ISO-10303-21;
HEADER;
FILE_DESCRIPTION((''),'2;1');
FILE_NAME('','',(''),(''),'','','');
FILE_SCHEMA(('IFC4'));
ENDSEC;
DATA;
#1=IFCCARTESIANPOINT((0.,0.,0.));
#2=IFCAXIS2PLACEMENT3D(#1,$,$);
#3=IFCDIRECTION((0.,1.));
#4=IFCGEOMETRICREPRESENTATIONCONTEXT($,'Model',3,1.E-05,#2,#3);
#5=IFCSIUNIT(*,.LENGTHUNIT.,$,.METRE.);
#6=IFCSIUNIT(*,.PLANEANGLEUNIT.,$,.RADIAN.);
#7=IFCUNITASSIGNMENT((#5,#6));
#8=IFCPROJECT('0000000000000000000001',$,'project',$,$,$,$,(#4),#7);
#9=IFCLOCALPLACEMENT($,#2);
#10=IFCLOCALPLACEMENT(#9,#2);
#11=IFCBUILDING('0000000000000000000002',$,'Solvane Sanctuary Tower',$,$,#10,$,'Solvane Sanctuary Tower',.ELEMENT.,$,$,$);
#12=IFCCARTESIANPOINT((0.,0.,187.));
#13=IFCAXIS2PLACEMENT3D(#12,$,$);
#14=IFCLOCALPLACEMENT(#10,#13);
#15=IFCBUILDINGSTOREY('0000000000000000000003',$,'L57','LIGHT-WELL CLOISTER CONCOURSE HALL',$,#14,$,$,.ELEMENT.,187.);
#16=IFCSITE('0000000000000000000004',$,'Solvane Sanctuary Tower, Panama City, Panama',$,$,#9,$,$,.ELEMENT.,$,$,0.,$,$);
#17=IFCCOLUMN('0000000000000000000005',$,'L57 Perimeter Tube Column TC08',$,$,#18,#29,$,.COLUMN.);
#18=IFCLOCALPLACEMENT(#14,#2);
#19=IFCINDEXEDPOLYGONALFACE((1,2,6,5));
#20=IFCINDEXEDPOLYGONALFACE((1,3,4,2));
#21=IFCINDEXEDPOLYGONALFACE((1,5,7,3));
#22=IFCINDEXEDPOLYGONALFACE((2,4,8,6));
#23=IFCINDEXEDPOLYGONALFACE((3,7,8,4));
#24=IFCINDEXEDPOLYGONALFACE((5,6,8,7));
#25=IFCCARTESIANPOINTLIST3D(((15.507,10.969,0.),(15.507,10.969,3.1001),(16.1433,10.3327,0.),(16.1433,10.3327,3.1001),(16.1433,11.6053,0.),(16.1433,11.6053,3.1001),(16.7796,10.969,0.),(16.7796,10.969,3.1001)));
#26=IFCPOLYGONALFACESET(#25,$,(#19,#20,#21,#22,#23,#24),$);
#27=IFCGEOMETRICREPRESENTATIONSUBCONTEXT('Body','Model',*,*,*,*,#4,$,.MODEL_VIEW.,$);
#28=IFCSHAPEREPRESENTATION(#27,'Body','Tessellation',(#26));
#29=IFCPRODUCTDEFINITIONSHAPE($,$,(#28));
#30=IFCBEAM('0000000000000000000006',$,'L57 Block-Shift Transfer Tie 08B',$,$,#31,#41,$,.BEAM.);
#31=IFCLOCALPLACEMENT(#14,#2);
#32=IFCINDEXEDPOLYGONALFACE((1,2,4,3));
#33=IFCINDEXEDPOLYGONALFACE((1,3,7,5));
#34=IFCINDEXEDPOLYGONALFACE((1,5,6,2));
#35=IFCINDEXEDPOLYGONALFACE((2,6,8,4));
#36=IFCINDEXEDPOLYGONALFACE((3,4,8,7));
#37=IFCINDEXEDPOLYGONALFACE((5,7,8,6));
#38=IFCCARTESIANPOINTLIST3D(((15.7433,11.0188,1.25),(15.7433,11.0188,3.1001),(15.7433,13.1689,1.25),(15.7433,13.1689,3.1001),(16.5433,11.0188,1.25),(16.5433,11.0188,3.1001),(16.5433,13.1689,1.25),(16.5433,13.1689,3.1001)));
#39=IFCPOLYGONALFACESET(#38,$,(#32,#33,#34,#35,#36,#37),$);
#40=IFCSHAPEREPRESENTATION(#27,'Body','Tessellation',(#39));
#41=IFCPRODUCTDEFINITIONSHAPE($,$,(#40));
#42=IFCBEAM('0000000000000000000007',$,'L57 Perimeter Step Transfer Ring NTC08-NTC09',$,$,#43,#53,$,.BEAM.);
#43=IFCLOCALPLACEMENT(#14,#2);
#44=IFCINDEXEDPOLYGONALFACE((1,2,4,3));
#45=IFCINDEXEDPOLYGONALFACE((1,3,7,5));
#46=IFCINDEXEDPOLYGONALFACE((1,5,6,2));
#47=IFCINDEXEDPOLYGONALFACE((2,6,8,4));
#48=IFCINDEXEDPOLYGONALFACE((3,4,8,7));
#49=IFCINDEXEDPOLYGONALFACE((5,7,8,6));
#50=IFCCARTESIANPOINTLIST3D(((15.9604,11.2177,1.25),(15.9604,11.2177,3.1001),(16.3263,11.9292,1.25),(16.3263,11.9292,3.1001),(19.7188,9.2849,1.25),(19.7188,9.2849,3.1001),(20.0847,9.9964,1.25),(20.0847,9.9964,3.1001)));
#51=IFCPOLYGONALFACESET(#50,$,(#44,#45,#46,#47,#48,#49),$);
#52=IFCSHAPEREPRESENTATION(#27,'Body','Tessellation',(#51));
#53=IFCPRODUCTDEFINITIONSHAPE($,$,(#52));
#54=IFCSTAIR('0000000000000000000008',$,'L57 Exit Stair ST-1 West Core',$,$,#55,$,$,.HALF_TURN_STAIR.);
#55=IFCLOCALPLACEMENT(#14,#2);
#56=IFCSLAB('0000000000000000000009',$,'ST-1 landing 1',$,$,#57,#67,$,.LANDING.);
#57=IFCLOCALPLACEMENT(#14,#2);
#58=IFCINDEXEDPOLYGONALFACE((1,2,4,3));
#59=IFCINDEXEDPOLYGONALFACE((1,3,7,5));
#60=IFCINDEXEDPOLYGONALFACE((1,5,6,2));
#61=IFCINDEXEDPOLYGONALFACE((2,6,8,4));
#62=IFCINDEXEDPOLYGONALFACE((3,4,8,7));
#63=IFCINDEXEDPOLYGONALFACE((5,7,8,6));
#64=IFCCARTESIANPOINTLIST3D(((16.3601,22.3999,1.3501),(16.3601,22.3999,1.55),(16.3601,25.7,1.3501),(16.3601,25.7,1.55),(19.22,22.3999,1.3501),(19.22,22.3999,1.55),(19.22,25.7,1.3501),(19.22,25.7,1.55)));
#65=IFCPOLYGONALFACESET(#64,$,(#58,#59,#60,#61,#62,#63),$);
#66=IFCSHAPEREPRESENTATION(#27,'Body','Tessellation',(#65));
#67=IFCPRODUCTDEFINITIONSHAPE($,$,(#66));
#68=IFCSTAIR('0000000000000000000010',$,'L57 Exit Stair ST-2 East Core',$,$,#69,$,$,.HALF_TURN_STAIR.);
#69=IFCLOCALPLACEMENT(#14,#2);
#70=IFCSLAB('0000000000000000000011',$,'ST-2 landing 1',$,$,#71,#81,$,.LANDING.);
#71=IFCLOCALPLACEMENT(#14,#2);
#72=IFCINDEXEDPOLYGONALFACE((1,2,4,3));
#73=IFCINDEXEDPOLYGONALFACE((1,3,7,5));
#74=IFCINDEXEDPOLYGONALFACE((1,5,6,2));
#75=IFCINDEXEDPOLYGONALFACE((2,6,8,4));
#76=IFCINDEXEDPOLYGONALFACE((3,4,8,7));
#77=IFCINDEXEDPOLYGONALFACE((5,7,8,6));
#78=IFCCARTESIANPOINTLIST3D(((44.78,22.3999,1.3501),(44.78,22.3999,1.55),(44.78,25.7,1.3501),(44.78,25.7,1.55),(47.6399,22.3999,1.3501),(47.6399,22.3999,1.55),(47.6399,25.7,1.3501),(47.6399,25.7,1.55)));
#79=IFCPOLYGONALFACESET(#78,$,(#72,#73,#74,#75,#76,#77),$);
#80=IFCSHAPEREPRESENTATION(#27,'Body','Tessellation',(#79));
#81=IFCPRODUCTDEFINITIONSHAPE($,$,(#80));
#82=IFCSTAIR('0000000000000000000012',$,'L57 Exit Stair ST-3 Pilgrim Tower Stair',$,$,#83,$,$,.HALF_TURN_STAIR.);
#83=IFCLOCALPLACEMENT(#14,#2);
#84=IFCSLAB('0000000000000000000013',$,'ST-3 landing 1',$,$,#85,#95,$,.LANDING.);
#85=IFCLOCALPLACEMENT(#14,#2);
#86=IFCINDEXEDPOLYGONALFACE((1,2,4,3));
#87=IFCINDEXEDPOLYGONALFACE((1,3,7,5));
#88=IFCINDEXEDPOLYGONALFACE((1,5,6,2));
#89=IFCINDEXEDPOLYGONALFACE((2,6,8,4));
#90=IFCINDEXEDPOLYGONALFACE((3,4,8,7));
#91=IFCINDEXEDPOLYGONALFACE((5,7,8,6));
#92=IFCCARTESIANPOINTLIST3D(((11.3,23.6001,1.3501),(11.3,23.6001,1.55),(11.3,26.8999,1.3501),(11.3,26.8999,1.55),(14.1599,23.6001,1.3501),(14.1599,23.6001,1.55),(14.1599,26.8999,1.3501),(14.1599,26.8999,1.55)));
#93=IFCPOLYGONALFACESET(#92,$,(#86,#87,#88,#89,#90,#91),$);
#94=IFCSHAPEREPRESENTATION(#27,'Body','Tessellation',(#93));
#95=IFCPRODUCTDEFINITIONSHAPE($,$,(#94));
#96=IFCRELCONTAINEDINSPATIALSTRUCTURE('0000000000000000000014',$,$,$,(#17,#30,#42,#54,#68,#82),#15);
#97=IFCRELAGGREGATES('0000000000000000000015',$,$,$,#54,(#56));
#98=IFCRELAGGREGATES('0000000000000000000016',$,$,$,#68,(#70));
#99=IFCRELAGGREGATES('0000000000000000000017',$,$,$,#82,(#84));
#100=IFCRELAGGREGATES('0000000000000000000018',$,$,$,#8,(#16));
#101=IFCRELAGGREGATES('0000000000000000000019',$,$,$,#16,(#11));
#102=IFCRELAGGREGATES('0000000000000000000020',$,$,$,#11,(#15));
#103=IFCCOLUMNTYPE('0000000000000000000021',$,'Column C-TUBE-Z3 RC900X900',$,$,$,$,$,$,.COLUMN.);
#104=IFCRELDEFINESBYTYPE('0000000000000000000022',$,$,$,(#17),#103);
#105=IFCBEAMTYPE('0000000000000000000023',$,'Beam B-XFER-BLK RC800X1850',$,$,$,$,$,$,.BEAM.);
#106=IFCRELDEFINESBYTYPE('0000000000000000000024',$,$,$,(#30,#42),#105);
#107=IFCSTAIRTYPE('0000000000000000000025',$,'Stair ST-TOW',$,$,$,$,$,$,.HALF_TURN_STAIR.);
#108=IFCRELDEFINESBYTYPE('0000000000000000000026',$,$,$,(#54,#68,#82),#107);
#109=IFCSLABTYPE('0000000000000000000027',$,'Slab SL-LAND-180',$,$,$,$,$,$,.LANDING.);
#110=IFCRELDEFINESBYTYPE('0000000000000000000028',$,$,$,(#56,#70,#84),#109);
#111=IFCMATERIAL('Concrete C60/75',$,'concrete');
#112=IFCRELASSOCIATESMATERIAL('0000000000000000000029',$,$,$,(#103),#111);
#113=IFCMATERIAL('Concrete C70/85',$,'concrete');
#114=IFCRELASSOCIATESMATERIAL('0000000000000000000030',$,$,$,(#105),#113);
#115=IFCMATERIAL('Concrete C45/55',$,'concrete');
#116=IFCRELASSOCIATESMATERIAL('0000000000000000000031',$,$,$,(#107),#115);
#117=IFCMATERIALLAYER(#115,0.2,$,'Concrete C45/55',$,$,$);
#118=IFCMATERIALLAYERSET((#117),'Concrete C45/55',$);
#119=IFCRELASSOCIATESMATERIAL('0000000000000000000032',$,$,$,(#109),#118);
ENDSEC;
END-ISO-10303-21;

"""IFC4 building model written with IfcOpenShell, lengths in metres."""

from ifc_helpers import new_model, si_unit, direction, frame, origin, origin_2d, place, context, subcontext, project, spatial, polyline, rectangle, outline, extrude, material, layer, layer_set, material_profile, profile_set, type_object, element, aggregate, save


model = new_model("IFC4")

# Units and contexts
model_context = context("Model", 3, precision=1e-05, world=origin(), true_north=direction((0.0, 1.0)))
body_context = subcontext(model_context, "Body", "Model", "MODEL_VIEW")
ifc_project = project(units=[si_unit("LENGTHUNIT", "METRE"), si_unit("PLANEANGLEUNIT", "RADIAN")], contexts=[model_context])

# Site, building, storey
site_placement = place(None, origin())
site = spatial("IfcSite", under=ifc_project, at=site_placement, Name="Solvane Sanctuary Tower, Panama City, Panama", CompositionType="ELEMENT", RefElevation=0.0)
building_placement = place(site_placement, origin())
building = spatial("IfcBuilding", under=site, at=building_placement, Name="Solvane Sanctuary Tower", LongName="Solvane Sanctuary Tower", CompositionType="ELEMENT")
storey_placement = place(building_placement, frame((0.0, 0.0, 187.0)))
storey = spatial("IfcBuildingStorey", under=building, at=storey_placement, Name="L57", Description="LIGHT-WELL CLOISTER CONCOURSE HALL", CompositionType="ELEMENT", Elevation=187.0)

# Column
ifc_material_1 = material(Name="Concrete C60/75", Category="concrete")
ifc_material_profile_1 = material_profile(ifc_material_1, rectangle(XDim=0.8999, YDim=0.8999, at=origin_2d()), Name="RC900X900")
ifc_profile_set_1 = profile_set([ifc_material_profile_1], Name="Concrete C60/75")
column_type = type_object("IfcColumnType", Name="Column C-TUBE-Z3 RC900X900", PredefinedType="COLUMN", material=ifc_profile_set_1)
column_placement = place(storey_placement, frame((16.1433, 10.969, 0.0), z_axis=(0.0, 0.0, 1.0), x_axis=(-0.707107, -0.707107, 0.0)))
element("IfcColumn", 1, at=column_placement, inside=storey, type_object=column_type, Name="L57 Perimeter Tube Column TC08", PredefinedType="COLUMN", context=body_context, shape_type="SweptSolid", body=[
    extrude(rectangle(XDim=0.8999, YDim=0.8999, at=origin_2d()), origin(), (0.0, 0.0, 1.0), 3.1001),
])

# Beams
ifc_material_2 = material(Name="Concrete C70/85", Category="concrete")
ifc_material_profile_2 = material_profile(ifc_material_2, rectangle(XDim=0.8, YDim=1.8501, at=origin_2d()), Name="RC800X1850")
ifc_profile_set_2 = profile_set([ifc_material_profile_2], Name="Concrete C70/85")
beam_type = type_object("IfcBeamType", Name="Beam B-XFER-BLK RC800X1850", PredefinedType="BEAM", material=ifc_profile_set_2)
beam_1_placement = place(storey_placement, frame((16.1433, 11.0188, 2.175), z_axis=(0.0, 1.0, 0.0), x_axis=(-1.0, 0.0, 0.0)))
element("IfcBeam", 2, at=beam_1_placement, inside=storey, type_object=beam_type, Name="L57 Block-Shift Transfer Tie 08B", PredefinedType="BEAM", context=body_context, shape_type="SweptSolid", body=[
    extrude(rectangle(XDim=0.8, YDim=1.8501, at=origin_2d()), origin(), (0.0, 0.0, 1.0), 2.1501),
])
beam_2_placement = place(storey_placement, frame((16.1433, 11.5735, 2.175), z_axis=(0.889298, -0.457328, 0.0), x_axis=(0.457328, 0.889298, 0.0)))
element("IfcBeam", 3, at=beam_2_placement, inside=storey, type_object=beam_type, Name="L57 Perimeter Step Transfer Ring NTC08-NTC09", PredefinedType="BEAM", context=body_context, shape_type="SweptSolid", body=[
    extrude(rectangle(XDim=0.8, YDim=1.8501, at=origin_2d()), origin(), (0.0, 0.0, 1.0), 4.2263),
])

# Stairs, slabs
ifc_material_3 = material(Name="Concrete C45/55", Category="concrete")
stair_type = type_object("IfcStairType", Name="Stair ST-TOW", PredefinedType="HALF_TURN_STAIR", material=ifc_material_3)
stair_1_placement = place(storey_placement, origin())
stair_1 = element("IfcStair", 4, at=stair_1_placement, inside=storey, type_object=stair_type, Name="L57 Exit Stair ST-1 West Core", PredefinedType="HALF_TURN_STAIR")
ifc_layer_1 = layer(ifc_material_3, 0.2, Name="Concrete C45/55")
ifc_layer_set_1 = layer_set([ifc_layer_1], Name="Concrete C45/55")
slab_type_1 = type_object("IfcSlabType", Name="Slab SL-LAND-180", PredefinedType="LANDING", material=ifc_layer_set_1)
slab_1_placement = place(storey_placement, frame((0.0, 0.0, 1.3501)))
slab_1 = element("IfcSlab", 5, at=slab_1_placement, type_object=slab_type_1, Name="ST-1 landing 1", PredefinedType="LANDING", context=body_context, shape_type="SweptSolid", body=[
    extrude(outline(polyline([(19.22, 22.3999), (19.22, 25.7), (16.3601, 25.7), (16.3601, 22.3999), (19.22, 22.3999)])), origin(), (0.0, 0.0, 1.0), 0.2),
])
aggregate(stair_1, [slab_1])
stair_2_placement = place(storey_placement, origin())
stair_2 = element("IfcStair", 6, at=stair_2_placement, inside=storey, type_object=stair_type, Name="L57 Exit Stair ST-2 East Core", PredefinedType="HALF_TURN_STAIR")
slab_2_placement = place(storey_placement, frame((0.0, 0.0, 1.3501)))
slab_2 = element("IfcSlab", 7, at=slab_2_placement, type_object=slab_type_1, Name="ST-2 landing 1", PredefinedType="LANDING", context=body_context, shape_type="SweptSolid", body=[
    extrude(outline(polyline([(47.6399, 22.3999), (47.6399, 25.7), (44.78, 25.7), (44.78, 22.3999), (47.6399, 22.3999)])), origin(), (0.0, 0.0, 1.0), 0.2),
])
aggregate(stair_2, [slab_2])
stair_3_placement = place(storey_placement, origin())
stair_3 = element("IfcStair", 8, at=stair_3_placement, inside=storey, type_object=stair_type, Name="L57 Exit Stair ST-3 Pilgrim Tower Stair", PredefinedType="HALF_TURN_STAIR")
slab_3_placement = place(storey_placement, frame((0.0, 0.0, 1.3501)))
slab_3 = element("IfcSlab", 9, at=slab_3_placement, type_object=slab_type_1, Name="ST-3 landing 1", PredefinedType="LANDING", context=body_context, shape_type="SweptSolid", body=[
    extrude(outline(polyline([(14.1599, 23.6001), (14.1599, 26.8999), (11.3, 26.8999), (11.3, 23.6001), (14.1599, 23.6001)])), origin(), (0.0, 0.0, 1.0), 0.2),
])
aggregate(stair_3, [slab_3])

save(model, "model.ifc")
